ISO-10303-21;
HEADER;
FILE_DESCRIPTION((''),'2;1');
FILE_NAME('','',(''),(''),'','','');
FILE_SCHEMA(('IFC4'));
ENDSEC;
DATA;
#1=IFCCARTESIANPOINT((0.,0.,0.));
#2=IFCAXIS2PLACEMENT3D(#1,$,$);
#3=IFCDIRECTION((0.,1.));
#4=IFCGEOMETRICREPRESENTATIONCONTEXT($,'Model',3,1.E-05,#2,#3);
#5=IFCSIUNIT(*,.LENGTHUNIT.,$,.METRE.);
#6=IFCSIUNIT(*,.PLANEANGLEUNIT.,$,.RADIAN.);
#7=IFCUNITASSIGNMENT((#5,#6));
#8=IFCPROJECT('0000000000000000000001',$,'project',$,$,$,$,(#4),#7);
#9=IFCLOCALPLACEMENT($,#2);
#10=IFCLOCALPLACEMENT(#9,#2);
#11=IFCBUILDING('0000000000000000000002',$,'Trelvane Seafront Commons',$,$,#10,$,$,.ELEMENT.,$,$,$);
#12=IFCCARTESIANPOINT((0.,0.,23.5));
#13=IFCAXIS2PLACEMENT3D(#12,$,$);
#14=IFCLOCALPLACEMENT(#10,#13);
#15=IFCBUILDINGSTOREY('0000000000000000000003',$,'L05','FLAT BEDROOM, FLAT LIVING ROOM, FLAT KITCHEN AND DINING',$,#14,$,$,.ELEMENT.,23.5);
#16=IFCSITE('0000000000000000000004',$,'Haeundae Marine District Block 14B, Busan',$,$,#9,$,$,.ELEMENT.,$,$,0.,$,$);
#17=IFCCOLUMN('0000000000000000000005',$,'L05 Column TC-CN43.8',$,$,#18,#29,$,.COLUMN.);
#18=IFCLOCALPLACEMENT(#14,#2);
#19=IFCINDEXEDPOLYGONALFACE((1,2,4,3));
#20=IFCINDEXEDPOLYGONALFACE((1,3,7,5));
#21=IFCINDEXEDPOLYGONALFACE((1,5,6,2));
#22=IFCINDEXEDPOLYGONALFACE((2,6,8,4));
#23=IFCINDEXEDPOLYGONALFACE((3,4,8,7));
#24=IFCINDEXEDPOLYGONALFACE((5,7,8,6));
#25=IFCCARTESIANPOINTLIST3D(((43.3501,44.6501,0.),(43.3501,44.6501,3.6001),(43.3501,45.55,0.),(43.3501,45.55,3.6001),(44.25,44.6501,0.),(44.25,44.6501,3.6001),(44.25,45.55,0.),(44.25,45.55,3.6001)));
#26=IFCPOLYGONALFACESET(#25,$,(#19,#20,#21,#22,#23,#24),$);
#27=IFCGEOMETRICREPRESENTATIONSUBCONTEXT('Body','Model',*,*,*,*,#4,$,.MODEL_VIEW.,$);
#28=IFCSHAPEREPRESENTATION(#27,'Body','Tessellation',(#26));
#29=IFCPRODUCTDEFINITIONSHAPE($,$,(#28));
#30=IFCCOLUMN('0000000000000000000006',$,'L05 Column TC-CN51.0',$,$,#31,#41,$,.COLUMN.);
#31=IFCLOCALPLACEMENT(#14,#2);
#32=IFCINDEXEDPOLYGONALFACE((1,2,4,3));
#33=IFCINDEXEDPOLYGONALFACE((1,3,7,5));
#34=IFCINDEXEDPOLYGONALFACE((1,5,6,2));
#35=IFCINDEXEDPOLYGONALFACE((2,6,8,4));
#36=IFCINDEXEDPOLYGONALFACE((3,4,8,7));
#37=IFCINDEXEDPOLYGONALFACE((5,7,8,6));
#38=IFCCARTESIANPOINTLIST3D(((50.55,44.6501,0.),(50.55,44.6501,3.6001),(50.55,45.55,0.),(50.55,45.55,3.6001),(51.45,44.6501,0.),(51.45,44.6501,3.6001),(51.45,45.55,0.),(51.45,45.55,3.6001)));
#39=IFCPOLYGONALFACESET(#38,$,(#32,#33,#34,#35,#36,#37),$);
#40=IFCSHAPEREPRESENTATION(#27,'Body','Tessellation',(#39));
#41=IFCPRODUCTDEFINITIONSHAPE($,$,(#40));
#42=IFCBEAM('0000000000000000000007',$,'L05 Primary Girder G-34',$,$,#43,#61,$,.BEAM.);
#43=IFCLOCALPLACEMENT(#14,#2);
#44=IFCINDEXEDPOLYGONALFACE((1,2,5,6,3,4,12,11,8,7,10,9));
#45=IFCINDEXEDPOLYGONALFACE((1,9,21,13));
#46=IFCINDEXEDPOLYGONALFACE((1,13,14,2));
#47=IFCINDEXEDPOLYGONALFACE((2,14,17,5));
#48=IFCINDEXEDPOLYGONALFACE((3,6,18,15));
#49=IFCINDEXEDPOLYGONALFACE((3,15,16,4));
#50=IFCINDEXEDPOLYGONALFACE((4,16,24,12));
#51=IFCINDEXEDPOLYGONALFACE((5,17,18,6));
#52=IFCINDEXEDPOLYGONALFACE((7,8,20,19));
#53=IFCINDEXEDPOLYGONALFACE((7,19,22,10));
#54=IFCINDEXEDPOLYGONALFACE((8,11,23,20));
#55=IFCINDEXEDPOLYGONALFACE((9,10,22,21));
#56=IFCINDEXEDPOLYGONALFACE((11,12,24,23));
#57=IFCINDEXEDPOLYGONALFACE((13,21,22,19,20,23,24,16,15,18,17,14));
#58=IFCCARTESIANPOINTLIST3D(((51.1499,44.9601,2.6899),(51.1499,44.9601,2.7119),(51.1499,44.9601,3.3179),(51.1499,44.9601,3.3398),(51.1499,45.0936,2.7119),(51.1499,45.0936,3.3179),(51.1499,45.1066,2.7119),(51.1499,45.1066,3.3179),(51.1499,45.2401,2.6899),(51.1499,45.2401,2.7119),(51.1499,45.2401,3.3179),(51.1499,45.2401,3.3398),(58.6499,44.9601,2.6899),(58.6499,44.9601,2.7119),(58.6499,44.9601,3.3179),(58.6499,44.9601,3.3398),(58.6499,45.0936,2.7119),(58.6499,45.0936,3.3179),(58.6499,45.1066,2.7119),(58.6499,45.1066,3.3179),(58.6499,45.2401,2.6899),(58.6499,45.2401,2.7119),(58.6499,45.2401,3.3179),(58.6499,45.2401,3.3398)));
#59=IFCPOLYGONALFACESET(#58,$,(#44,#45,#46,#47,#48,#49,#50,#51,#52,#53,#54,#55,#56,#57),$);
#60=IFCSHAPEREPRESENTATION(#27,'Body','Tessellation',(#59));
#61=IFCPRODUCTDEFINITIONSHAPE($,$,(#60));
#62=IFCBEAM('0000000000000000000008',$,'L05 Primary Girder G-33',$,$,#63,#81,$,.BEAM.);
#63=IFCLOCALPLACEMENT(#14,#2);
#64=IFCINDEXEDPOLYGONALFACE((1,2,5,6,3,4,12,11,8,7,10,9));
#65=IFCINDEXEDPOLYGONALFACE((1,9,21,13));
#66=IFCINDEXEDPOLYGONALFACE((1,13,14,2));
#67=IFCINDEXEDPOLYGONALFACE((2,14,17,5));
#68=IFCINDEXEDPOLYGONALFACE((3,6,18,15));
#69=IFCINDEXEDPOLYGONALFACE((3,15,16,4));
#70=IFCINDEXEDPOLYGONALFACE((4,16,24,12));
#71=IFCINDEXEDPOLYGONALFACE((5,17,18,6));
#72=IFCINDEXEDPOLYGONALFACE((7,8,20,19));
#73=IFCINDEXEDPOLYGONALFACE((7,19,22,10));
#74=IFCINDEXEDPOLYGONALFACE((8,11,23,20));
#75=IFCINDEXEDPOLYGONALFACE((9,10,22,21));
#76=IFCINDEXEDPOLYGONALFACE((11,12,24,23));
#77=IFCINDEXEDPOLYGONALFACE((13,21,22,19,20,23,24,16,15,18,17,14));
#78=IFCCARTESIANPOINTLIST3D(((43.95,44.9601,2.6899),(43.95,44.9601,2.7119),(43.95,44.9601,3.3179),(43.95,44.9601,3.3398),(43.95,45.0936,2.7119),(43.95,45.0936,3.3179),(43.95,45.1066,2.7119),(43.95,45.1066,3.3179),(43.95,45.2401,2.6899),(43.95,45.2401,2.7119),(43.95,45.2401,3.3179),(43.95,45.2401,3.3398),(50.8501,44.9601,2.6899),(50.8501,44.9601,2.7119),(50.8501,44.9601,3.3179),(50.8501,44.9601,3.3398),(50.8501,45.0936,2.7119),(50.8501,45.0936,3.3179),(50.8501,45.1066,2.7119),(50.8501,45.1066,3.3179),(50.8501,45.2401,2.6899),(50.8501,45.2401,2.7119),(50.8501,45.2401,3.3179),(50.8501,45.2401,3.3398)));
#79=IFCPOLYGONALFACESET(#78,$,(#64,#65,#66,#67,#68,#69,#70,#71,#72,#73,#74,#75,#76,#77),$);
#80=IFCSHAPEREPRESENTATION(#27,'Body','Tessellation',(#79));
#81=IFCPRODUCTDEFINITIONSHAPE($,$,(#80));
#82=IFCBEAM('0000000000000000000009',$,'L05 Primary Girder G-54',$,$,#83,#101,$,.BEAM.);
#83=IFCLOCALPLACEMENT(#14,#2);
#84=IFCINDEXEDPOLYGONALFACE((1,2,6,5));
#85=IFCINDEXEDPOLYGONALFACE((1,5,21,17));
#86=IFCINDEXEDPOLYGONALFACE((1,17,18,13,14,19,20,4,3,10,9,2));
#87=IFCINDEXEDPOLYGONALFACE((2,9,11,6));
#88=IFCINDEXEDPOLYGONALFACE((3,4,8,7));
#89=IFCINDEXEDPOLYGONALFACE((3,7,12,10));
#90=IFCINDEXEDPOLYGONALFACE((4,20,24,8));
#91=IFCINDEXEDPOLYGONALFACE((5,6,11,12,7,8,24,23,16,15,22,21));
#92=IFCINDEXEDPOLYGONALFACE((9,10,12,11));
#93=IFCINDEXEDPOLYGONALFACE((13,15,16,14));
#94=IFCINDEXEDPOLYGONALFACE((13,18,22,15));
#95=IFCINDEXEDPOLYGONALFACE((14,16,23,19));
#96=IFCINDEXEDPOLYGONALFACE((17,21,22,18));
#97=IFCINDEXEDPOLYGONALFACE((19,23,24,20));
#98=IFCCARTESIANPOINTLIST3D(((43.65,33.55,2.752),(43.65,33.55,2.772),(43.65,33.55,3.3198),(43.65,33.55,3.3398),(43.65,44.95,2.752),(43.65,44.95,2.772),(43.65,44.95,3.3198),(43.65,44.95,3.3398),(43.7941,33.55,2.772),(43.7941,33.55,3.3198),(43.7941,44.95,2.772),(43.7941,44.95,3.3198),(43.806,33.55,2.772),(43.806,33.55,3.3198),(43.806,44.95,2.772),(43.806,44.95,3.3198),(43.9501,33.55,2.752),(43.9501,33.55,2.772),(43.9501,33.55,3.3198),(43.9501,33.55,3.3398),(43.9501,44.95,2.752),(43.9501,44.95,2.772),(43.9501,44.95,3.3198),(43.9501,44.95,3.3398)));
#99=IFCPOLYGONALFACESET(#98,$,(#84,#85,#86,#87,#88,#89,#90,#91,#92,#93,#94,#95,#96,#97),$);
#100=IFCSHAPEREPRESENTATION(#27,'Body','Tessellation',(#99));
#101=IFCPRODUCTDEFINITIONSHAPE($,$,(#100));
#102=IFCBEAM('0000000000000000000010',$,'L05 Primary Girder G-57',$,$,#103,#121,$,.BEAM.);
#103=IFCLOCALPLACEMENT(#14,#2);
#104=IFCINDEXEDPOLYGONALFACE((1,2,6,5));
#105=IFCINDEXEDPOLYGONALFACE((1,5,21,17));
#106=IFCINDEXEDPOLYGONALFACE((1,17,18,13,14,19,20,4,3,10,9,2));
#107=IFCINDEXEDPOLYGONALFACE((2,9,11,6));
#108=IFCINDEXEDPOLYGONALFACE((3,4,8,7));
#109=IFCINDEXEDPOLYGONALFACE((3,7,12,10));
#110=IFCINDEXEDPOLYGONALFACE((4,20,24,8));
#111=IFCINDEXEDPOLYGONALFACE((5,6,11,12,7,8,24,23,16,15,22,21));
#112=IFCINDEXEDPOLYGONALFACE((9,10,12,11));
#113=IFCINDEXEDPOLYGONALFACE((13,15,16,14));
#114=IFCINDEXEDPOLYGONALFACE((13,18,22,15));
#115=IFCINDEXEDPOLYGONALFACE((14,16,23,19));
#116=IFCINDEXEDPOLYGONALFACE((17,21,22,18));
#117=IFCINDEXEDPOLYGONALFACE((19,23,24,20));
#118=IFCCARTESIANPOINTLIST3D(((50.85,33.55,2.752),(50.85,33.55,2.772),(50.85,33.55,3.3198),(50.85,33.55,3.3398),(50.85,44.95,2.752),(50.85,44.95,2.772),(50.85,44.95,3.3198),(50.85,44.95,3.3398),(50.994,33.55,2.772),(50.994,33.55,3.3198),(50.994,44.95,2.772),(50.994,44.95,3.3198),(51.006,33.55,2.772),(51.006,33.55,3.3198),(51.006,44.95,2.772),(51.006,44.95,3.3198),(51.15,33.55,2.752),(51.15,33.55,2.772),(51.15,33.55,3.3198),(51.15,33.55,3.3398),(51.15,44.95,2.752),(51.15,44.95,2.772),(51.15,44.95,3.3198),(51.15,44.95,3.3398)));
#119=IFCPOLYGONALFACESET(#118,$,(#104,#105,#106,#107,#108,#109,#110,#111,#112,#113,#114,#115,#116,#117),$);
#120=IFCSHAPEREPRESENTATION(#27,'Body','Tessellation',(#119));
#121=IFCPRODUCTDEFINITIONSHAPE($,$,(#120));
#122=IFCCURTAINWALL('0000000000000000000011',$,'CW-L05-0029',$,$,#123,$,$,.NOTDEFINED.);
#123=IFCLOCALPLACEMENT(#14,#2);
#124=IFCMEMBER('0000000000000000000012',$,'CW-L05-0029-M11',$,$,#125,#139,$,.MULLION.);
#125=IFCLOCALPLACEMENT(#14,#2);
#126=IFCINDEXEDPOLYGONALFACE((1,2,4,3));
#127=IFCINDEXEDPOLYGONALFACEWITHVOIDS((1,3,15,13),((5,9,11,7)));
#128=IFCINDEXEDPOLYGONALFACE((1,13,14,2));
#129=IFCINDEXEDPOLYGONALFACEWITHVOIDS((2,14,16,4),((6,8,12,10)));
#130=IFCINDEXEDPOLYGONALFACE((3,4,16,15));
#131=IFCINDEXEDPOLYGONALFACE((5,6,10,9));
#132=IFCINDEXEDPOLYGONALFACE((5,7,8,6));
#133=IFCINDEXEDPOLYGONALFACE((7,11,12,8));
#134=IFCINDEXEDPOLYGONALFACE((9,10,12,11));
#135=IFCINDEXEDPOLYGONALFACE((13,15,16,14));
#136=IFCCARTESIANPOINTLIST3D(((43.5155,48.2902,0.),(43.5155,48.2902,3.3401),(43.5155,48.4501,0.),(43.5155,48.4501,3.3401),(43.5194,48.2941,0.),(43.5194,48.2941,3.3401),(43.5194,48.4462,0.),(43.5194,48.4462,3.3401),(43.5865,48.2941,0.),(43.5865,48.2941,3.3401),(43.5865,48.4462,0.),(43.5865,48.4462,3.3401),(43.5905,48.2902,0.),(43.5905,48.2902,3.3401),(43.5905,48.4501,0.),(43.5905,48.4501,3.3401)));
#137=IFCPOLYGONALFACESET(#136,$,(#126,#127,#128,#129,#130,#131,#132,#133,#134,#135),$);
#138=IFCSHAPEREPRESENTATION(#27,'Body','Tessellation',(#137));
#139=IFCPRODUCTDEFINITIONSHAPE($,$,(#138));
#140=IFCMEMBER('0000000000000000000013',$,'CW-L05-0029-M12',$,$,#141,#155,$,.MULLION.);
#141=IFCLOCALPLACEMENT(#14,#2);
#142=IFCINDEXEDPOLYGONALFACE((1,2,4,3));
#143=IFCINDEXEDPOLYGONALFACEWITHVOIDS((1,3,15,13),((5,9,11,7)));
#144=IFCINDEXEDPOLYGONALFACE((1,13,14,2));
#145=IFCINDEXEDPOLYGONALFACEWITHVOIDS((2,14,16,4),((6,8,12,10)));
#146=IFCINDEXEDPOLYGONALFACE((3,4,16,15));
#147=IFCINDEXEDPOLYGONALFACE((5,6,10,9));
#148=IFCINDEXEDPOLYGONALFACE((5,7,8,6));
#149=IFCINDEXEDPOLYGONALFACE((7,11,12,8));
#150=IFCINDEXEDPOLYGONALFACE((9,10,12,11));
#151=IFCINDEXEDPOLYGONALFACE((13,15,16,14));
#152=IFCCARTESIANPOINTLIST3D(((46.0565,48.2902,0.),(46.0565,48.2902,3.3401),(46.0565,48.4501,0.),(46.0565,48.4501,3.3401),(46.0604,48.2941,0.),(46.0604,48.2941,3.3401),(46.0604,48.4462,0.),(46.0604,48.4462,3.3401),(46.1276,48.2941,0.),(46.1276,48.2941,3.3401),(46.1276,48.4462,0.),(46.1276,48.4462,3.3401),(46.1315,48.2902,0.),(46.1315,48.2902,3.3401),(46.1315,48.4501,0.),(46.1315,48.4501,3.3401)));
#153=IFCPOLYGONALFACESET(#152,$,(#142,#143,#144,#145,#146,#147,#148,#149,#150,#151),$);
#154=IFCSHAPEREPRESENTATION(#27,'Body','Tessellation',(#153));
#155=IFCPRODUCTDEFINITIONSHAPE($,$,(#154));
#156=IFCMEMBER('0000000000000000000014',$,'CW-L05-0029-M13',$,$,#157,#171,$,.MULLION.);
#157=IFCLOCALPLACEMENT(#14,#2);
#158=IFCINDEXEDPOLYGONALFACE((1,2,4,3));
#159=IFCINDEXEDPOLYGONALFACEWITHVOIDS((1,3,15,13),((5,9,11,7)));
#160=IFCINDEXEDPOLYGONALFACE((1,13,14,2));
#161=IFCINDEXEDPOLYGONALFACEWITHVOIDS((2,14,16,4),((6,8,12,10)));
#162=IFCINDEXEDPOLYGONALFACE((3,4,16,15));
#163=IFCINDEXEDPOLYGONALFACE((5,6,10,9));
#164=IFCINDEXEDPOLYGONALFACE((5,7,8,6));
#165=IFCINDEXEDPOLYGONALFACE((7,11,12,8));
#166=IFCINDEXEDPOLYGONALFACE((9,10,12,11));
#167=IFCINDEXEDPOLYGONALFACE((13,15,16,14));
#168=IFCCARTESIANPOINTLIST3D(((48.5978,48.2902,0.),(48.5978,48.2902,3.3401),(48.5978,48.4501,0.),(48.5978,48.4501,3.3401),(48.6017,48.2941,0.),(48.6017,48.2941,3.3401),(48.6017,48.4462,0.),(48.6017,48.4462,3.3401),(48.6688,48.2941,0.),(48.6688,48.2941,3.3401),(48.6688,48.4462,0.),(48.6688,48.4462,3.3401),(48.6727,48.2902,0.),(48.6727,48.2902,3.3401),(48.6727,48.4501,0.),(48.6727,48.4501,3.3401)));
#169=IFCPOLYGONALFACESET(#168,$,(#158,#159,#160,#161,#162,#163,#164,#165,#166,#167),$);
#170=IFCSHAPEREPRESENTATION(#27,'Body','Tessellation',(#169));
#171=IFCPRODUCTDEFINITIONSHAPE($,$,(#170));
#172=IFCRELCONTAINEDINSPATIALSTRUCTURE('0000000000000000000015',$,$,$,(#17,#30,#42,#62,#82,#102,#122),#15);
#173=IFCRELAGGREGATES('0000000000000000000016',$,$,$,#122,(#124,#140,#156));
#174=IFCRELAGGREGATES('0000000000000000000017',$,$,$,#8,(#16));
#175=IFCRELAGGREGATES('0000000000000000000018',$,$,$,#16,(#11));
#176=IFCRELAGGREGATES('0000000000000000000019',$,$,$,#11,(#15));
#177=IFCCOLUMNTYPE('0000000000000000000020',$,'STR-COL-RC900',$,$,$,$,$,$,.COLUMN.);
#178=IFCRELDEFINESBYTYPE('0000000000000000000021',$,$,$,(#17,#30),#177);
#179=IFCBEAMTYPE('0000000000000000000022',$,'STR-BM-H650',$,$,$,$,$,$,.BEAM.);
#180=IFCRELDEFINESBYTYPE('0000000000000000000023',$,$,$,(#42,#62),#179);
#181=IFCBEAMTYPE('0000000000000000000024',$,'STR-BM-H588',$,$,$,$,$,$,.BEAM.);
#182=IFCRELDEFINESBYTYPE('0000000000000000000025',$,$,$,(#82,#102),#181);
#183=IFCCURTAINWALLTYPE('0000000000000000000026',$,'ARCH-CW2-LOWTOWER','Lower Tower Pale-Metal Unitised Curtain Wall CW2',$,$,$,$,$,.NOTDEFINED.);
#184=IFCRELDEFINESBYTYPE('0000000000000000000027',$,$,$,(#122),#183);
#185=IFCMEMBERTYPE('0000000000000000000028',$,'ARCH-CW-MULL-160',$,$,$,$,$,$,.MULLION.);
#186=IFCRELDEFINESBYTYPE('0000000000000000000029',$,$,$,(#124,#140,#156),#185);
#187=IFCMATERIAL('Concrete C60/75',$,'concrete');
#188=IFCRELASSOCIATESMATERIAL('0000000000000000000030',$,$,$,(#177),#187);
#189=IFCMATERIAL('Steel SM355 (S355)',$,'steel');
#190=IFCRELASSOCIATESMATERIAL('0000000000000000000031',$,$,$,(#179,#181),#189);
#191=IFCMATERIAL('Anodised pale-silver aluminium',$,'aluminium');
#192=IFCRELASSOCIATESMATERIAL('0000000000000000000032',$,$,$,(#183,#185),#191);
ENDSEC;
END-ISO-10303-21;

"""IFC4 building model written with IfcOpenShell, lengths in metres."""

from ifc_helpers import new_model, si_unit, direction, frame, origin, origin_2d, place, context, subcontext, project, spatial, rectangle, hollow_rectangle, i_section, extrude, source, transform, mapped, material, material_profile, profile_set, type_object, element, aggregate, save


model = new_model("IFC4")

# Units and contexts
model_context = context("Model", 3, precision=1e-05, world=origin(), true_north=direction((0.0, 1.0)))
body_context = subcontext(model_context, "Body", "Model", "MODEL_VIEW")
ifc_project = project(units=[si_unit("LENGTHUNIT", "METRE"), si_unit("PLANEANGLEUNIT", "RADIAN")], contexts=[model_context])

# Site, building, storey
site_placement = place(None, origin())
site = spatial("IfcSite", under=ifc_project, at=site_placement, Name="Haeundae Marine District Block 14B, Busan", CompositionType="ELEMENT", RefElevation=0.0)
building_placement = place(site_placement, origin())
building = spatial("IfcBuilding", under=site, at=building_placement, Name="Trelvane Seafront Commons", CompositionType="ELEMENT")
storey_placement = place(building_placement, frame((0.0, 0.0, 23.5)))
storey = spatial("IfcBuildingStorey", under=building, at=storey_placement, Name="L05", Description="FLAT BEDROOM, FLAT LIVING ROOM, FLAT KITCHEN AND DINING", CompositionType="ELEMENT", Elevation=23.5)

# Columns
ifc_material_1 = material(Name="Concrete C60/75", Category="concrete")
ifc_material_profile_1 = material_profile(ifc_material_1, rectangle(XDim=0.8999, YDim=0.8999, at=origin_2d()), Name="RC-900x900")
ifc_profile_set_1 = profile_set([ifc_material_profile_1], Name="Concrete C60/75")
column_type = type_object("IfcColumnType", Name="STR-COL-RC900", PredefinedType="COLUMN", material=ifc_profile_set_1)
shared_shape_1 = source(origin(), body_context, "Body", "SweptSolid", [
    extrude(rectangle(XDim=0.8999, YDim=0.8999, at=origin_2d()), origin(), (0.0, 0.0, 1.0), 3.6001),
])
for number, where, z_axis, x_axis, name in (
    (1, (43.8, 45.1001, 0.0), (0.0, 0.0, 1.0), (1.0, 0.0, 0.0), "L05 Column TC-CN43.8"),
    (2, (51.0, 45.1001, 0.0), (0.0, 0.0, 1.0), (1.0, 0.0, 0.0), "L05 Column TC-CN51.0"),
):
    element("IfcColumn", number, at=place(storey_placement, frame(where, z_axis=z_axis, x_axis=x_axis)), inside=storey, type_object=column_type, Name=name, PredefinedType="COLUMN", context=body_context, shape_type="MappedRepresentation", body=[
        mapped(shared_shape_1, transform((0.0, 0.0, 0.0), x_axis=(1.0, 0.0, 0.0), y_axis=(0.0, 1.0, 0.0), z_axis=(0.0, 0.0, 1.0), scale=1.0)),
    ])

# Beams
ifc_material_2 = material(Name="Steel SM355 (S355)", Category="steel")
ifc_material_profile_2 = material_profile(ifc_material_2, i_section(OverallWidth=0.28, OverallDepth=0.6499, WebThickness=0.0129, FlangeThickness=0.022, at=origin_2d()), Name="H-650x280x13x22")
ifc_profile_set_2 = profile_set([ifc_material_profile_2], Name="Steel SM355 (S355)")
beam_type_1 = type_object("IfcBeamType", Name="STR-BM-H650", PredefinedType="BEAM", material=ifc_profile_set_2)
shared_shape_2 = source(origin(), body_context, "Body", "SweptSolid", [
    extrude(i_section(OverallWidth=0.28, OverallDepth=0.6499, WebThickness=0.0129, FlangeThickness=0.022, at=origin_2d()), origin(), (0.0, 0.0, 1.0), 7.5),
])
beam_1_placement = place(storey_placement, frame((51.1499, 45.1001, 3.0149), z_axis=(1.0, 0.0, 0.0), x_axis=(0.0, 1.0, 0.0)))
element("IfcBeam", 3, at=beam_1_placement, inside=storey, type_object=beam_type_1, Name="L05 Primary Girder G-34", PredefinedType="BEAM", context=body_context, shape_type="MappedRepresentation", body=[
    mapped(shared_shape_2, transform((0.0, 0.0, 0.0), x_axis=(1.0, 0.0, 0.0), y_axis=(0.0, 1.0, 0.0), z_axis=(0.0, 0.0, 1.0), scale=1.0)),
])
shared_shape_3 = source(origin(), body_context, "Body", "SweptSolid", [
    extrude(i_section(OverallWidth=0.28, OverallDepth=0.6499, WebThickness=0.0129, FlangeThickness=0.022, at=origin_2d()), origin(), (0.0, 0.0, 1.0), 6.9001),
])
beam_2_placement = place(storey_placement, frame((43.95, 45.1001, 3.0149), z_axis=(1.0, 0.0, 0.0), x_axis=(0.0, 1.0, 0.0)))
element("IfcBeam", 4, at=beam_2_placement, inside=storey, type_object=beam_type_1, Name="L05 Primary Girder G-33", PredefinedType="BEAM", context=body_context, shape_type="MappedRepresentation", body=[
    mapped(shared_shape_3, transform((0.0, 0.0, 0.0), x_axis=(1.0, 0.0, 0.0), y_axis=(0.0, 1.0, 0.0), z_axis=(0.0, 0.0, 1.0), scale=1.0)),
])
ifc_material_profile_3 = material_profile(ifc_material_2, i_section(OverallWidth=0.3, OverallDepth=0.5879, WebThickness=0.012, FlangeThickness=0.02, at=origin_2d()), Name="H-588x300x12x20")
ifc_profile_set_3 = profile_set([ifc_material_profile_3], Name="Steel SM355 (S355)")
beam_type_2 = type_object("IfcBeamType", Name="STR-BM-H588", PredefinedType="BEAM", material=ifc_profile_set_3)
shared_shape_4 = source(origin(), body_context, "Body", "SweptSolid", [
    extrude(i_section(OverallWidth=0.3, OverallDepth=0.5879, WebThickness=0.012, FlangeThickness=0.02, at=origin_2d()), origin(), (0.0, 0.0, 1.0), 11.3999),
])
for number, where, z_axis, x_axis, name in (
    (5, (43.8, 33.55, 3.0459), (0.0, 1.0, 0.0), (-1.0, 0.0, 0.0), "L05 Primary Girder G-54"),
    (6, (51.0, 33.55, 3.0459), (0.0, 1.0, 0.0), (-1.0, 0.0, 0.0), "L05 Primary Girder G-57"),
):
    element("IfcBeam", number, at=place(storey_placement, frame(where, z_axis=z_axis, x_axis=x_axis)), inside=storey, type_object=beam_type_2, Name=name, PredefinedType="BEAM", context=body_context, shape_type="MappedRepresentation", body=[
        mapped(shared_shape_4, transform((0.0, 0.0, 0.0), x_axis=(1.0, 0.0, 0.0), y_axis=(0.0, 1.0, 0.0), z_axis=(0.0, 0.0, 1.0), scale=1.0)),
    ])

# Curtain wall, members
ifc_material_3 = material(Name="Anodised pale-silver aluminium", Category="aluminium")
curtain_wall_type = type_object("IfcCurtainWallType", Name="ARCH-CW2-LOWTOWER", Description="Lower Tower Pale-Metal Unitised Curtain Wall CW2", PredefinedType="NOTDEFINED", material=ifc_material_3)
curtain_wall_placement = place(storey_placement, origin())
curtain_wall = element("IfcCurtainWall", 7, at=curtain_wall_placement, inside=storey, type_object=curtain_wall_type, Name="CW-L05-0029", PredefinedType="NOTDEFINED")
ifc_material_profile_4 = material_profile(ifc_material_3, hollow_rectangle(XDim=0.075, YDim=0.1599, WallThickness=0.0039, at=origin_2d()), Name="MULL-75x160x4")
ifc_profile_set_4 = profile_set([ifc_material_profile_4], Name="Anodised pale-silver aluminium")
member_type_1 = type_object("IfcMemberType", Name="ARCH-CW-MULL-160", PredefinedType="MULLION", material=ifc_profile_set_4)
shared_shape_5 = source(origin(), body_context, "Body", "SweptSolid", [
    extrude(hollow_rectangle(XDim=0.075, YDim=0.1599, WallThickness=0.0039, at=origin_2d()), origin(), (0.0, 0.0, 1.0), 3.3401),
])
member_1_placement = place(storey_placement, frame((43.553, 48.3701, 0.0), z_axis=(0.0, 0.0, 1.0), x_axis=(1.0, 0.0, 0.0)))
member_1 = element("IfcMember", 8, at=member_1_placement, type_object=member_type_1, Name="CW-L05-0029-M11", PredefinedType="MULLION", context=body_context, shape_type="MappedRepresentation", body=[
    mapped(shared_shape_5, transform((0.0, 0.0, 0.0), x_axis=(1.0, 0.0, 0.0), y_axis=(0.0, 1.0, 0.0), z_axis=(0.0, 0.0, 1.0), scale=1.0)),
])
member_2_placement = place(storey_placement, frame((46.094, 48.3701, 0.0), z_axis=(0.0, 0.0, 1.0), x_axis=(1.0, 0.0, 0.0)))
member_2 = element("IfcMember", 9, at=member_2_placement, type_object=member_type_1, Name="CW-L05-0029-M12", PredefinedType="MULLION", context=body_context, shape_type="MappedRepresentation", body=[
    mapped(shared_shape_5, transform((0.0, 0.0, 0.0), x_axis=(1.0, 0.0, 0.0), y_axis=(0.0, 1.0, 0.0), z_axis=(0.0, 0.0, 1.0), scale=1.0)),
])
member_3_placement = place(storey_placement, frame((48.6353, 48.3701, 0.0), z_axis=(0.0, 0.0, 1.0), x_axis=(1.0, 0.0, 0.0)))
member_3 = element("IfcMember", 10, at=member_3_placement, type_object=member_type_1, Name="CW-L05-0029-M13", PredefinedType="MULLION", context=body_context, shape_type="MappedRepresentation", body=[
    mapped(shared_shape_5, transform((0.0, 0.0, 0.0), x_axis=(1.0, 0.0, 0.0), y_axis=(0.0, 1.0, 0.0), z_axis=(0.0, 0.0, 1.0), scale=1.0)),
])
aggregate(curtain_wall, [member_1, member_2, member_3])

save(model, "model.ifc")
